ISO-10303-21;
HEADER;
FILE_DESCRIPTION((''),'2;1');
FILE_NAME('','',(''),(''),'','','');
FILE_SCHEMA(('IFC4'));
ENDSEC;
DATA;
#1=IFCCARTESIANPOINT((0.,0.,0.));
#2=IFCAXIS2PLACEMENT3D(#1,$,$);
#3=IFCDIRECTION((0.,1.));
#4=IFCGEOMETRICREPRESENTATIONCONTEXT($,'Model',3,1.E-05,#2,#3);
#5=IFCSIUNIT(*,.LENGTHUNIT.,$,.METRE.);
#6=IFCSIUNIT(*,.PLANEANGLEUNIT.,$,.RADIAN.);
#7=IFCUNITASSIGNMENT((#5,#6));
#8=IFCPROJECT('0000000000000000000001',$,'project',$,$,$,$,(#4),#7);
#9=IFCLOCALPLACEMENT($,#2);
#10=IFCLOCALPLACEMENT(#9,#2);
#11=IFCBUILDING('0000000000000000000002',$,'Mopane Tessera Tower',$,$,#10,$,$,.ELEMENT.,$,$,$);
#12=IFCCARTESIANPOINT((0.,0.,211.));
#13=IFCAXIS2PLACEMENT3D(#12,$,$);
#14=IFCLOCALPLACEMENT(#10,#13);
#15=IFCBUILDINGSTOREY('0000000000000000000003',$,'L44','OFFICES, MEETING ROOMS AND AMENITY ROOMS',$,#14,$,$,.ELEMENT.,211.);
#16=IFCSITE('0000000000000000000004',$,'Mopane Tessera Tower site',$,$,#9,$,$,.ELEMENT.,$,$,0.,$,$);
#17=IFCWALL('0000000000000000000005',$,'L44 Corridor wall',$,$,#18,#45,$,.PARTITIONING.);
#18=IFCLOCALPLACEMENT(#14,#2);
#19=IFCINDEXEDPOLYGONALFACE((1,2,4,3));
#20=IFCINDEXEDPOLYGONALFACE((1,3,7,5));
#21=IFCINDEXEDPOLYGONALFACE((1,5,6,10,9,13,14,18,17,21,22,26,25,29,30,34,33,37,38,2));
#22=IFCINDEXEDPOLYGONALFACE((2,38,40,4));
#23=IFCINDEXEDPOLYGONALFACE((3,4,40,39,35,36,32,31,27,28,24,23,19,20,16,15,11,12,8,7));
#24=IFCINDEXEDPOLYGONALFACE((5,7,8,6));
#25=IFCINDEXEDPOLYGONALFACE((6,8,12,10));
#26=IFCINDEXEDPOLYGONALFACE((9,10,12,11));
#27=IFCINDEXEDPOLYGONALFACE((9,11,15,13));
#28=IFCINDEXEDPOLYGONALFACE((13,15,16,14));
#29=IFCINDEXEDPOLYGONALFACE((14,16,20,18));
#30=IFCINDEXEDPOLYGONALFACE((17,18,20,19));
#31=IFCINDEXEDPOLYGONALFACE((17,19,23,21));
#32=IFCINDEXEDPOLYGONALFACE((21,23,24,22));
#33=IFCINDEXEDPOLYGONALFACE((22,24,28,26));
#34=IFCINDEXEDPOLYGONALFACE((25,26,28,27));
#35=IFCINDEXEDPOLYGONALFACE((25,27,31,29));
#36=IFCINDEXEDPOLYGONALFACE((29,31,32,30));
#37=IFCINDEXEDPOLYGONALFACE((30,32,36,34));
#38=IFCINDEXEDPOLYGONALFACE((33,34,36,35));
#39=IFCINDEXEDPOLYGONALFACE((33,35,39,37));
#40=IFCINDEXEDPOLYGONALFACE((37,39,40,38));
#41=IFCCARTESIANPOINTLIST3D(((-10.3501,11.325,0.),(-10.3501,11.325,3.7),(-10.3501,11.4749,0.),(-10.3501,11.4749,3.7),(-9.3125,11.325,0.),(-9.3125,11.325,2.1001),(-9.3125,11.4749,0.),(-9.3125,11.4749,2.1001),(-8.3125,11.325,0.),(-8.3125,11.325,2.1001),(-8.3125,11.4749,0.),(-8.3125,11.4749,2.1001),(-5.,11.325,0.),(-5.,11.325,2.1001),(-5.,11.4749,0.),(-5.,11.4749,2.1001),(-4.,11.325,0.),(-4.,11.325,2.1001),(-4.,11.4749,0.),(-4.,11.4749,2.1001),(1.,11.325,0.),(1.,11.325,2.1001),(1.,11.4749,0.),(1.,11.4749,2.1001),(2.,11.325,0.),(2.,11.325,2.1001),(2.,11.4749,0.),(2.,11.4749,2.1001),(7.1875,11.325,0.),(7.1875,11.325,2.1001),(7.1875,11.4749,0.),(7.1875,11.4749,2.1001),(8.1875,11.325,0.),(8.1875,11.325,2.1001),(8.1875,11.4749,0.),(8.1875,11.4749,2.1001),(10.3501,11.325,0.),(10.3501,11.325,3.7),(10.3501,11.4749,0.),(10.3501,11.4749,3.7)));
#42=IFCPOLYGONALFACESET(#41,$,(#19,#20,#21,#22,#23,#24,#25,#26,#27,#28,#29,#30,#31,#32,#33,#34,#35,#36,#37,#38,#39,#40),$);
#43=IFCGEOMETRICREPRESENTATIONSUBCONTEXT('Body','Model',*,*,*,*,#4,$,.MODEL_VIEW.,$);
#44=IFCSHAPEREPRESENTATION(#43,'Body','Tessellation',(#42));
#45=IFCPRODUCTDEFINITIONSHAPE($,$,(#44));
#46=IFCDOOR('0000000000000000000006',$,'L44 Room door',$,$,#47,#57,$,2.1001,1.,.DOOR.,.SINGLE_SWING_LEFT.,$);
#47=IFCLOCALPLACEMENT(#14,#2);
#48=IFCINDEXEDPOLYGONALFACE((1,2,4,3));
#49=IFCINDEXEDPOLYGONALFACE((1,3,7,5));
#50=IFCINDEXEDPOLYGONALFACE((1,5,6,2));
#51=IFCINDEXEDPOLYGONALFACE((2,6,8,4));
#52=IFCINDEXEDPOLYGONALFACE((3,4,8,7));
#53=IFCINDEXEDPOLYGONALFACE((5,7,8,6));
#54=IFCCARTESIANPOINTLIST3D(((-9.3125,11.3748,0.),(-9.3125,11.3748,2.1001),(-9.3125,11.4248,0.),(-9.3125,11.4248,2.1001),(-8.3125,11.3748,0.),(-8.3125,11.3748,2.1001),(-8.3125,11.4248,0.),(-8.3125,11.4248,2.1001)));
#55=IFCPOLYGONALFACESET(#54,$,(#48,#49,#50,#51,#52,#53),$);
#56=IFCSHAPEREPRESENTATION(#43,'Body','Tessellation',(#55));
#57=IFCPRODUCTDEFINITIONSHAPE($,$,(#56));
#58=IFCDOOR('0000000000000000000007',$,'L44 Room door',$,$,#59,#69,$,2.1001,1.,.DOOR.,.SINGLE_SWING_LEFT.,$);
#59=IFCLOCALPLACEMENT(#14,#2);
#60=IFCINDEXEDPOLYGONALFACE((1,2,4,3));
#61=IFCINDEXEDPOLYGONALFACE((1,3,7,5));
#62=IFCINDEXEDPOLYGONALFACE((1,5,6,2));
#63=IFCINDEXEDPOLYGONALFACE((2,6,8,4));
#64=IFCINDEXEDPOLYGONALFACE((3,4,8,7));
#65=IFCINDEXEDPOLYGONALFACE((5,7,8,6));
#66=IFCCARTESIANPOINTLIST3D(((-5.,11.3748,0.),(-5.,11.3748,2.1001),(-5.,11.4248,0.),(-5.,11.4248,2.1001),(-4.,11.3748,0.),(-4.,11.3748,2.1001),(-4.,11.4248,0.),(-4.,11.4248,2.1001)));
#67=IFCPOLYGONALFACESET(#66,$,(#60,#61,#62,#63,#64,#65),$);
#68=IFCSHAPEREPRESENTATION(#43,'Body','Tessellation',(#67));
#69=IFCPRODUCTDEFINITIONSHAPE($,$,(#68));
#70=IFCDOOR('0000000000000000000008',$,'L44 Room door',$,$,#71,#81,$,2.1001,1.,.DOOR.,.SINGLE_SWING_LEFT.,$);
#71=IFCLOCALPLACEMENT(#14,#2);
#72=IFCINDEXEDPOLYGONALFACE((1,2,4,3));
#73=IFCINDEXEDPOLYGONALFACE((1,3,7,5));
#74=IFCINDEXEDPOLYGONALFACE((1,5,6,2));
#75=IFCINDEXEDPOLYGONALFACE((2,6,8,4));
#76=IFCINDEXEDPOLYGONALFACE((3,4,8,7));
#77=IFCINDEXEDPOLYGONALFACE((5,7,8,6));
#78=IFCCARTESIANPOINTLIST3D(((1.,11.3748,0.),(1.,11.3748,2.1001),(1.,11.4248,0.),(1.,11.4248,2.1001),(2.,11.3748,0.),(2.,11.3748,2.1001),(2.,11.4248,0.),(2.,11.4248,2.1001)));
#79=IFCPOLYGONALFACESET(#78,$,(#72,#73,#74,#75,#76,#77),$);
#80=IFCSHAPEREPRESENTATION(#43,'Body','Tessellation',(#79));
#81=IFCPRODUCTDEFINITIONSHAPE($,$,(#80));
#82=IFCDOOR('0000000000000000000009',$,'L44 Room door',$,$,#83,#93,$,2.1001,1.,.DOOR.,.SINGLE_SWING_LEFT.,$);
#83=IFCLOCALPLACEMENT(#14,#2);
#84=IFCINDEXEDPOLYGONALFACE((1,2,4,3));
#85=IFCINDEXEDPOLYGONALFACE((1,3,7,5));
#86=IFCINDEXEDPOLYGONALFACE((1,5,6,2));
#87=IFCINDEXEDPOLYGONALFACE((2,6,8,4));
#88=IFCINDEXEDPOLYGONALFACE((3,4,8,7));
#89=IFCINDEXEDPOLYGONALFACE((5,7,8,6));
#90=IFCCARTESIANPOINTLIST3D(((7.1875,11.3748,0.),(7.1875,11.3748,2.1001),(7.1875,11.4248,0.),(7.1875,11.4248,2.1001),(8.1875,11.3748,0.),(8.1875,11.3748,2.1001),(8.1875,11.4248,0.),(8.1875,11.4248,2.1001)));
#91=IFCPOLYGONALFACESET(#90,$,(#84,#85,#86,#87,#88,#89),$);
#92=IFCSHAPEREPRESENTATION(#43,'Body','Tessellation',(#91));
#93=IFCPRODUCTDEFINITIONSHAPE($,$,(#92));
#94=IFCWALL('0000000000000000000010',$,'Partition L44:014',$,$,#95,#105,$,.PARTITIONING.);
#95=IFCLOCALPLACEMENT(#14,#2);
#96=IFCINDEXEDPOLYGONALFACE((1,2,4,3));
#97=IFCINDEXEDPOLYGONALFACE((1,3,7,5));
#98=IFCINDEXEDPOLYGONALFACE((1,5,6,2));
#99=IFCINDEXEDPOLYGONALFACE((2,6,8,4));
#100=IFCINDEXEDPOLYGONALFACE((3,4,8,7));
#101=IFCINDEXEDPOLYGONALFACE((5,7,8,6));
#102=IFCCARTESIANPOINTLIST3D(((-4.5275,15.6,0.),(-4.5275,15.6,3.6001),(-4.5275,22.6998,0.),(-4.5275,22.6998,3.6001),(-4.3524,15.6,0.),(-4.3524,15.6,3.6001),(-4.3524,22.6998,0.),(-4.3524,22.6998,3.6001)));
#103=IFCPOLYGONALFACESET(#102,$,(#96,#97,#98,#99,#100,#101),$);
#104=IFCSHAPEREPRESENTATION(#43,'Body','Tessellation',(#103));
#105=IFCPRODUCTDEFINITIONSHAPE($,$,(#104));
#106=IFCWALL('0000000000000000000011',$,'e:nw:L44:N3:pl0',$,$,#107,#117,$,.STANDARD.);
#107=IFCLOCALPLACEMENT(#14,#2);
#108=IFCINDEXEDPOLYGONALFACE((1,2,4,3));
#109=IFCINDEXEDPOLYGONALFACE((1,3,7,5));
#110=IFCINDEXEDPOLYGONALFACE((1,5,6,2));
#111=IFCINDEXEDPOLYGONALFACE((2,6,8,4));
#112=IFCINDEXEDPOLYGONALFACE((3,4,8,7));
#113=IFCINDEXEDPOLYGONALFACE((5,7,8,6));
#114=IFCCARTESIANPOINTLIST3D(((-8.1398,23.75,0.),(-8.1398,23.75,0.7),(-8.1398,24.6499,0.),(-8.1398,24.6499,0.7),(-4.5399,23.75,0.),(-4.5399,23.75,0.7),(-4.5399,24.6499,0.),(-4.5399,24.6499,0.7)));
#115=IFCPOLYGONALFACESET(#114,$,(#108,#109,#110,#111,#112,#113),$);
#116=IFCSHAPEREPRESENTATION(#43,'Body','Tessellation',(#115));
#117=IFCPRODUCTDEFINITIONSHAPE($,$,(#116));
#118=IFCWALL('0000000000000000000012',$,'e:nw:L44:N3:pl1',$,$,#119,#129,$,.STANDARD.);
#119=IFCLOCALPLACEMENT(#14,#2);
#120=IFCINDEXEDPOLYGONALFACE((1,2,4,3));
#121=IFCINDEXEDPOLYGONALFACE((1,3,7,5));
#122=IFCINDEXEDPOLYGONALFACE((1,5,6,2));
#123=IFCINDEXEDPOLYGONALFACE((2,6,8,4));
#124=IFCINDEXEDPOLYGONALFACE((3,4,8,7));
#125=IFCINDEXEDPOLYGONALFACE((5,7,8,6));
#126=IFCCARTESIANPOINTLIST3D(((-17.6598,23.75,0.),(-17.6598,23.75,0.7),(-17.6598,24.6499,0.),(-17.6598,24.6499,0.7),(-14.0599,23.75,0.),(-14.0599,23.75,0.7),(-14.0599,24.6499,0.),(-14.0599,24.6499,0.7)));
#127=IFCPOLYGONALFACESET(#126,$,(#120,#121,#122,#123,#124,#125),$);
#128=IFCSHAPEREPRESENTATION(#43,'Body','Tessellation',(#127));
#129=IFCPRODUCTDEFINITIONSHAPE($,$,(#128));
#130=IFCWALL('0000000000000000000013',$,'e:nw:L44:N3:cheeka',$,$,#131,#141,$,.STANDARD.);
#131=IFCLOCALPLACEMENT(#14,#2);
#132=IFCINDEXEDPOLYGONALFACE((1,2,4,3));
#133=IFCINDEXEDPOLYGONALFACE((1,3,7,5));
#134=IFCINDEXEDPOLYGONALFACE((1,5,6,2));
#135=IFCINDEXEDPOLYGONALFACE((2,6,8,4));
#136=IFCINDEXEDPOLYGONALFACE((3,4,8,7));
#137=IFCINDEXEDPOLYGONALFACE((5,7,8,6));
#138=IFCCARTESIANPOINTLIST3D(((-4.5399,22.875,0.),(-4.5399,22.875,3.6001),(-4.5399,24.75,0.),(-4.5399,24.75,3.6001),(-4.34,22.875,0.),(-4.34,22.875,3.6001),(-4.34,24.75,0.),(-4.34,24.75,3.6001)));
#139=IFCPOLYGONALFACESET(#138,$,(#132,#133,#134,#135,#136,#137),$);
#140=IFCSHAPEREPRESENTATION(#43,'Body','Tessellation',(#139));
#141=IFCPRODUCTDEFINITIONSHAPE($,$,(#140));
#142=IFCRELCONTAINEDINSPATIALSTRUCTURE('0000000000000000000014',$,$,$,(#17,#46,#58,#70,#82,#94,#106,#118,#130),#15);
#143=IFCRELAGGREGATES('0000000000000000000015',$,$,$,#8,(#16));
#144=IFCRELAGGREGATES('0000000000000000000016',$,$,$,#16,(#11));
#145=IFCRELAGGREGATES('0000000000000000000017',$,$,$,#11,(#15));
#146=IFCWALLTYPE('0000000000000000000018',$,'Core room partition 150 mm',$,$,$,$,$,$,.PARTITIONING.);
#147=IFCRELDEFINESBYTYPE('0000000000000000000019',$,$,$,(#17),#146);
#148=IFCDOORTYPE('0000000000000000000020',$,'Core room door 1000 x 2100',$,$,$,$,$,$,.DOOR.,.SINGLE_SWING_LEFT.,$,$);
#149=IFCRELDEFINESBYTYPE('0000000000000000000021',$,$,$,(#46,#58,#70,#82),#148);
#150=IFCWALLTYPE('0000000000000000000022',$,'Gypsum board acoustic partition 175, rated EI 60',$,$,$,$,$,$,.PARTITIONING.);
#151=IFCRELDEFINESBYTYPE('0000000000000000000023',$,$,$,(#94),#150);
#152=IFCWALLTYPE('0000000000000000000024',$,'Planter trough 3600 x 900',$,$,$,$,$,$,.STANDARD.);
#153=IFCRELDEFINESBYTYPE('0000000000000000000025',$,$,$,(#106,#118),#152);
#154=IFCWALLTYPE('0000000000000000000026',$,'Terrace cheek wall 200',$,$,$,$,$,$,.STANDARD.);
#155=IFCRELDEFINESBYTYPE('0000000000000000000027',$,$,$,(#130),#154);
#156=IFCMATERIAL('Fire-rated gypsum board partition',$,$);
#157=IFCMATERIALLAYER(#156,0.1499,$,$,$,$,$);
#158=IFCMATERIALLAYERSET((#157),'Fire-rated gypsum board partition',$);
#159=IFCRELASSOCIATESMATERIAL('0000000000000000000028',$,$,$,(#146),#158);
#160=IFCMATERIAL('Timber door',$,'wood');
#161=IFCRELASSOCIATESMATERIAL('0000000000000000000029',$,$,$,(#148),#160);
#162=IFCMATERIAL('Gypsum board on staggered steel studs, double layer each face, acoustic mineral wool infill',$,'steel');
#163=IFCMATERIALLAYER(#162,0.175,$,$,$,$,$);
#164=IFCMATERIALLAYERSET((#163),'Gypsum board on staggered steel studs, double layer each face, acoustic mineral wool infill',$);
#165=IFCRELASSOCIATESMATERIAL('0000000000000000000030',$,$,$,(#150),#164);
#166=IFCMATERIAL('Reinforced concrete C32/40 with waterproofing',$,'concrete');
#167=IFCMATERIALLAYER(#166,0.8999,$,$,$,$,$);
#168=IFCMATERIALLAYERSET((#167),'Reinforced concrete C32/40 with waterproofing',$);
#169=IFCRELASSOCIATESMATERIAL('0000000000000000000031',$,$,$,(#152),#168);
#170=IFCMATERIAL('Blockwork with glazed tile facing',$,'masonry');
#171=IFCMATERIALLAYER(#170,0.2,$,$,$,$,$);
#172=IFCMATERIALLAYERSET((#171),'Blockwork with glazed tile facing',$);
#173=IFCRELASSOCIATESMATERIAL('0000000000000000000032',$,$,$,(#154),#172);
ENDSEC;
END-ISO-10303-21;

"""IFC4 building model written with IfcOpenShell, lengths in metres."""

from ifc_helpers import new_model, si_unit, direction, frame, frame_2d, origin, place, context, subcontext, project, spatial, rectangle, extrude, material, layer, layer_set, type_object, element, fill, save


model = new_model("IFC4")

# Units and contexts
model_context = context("Model", 3, precision=1e-05, world=origin(), true_north=direction((0.0, 1.0)))
body_context = subcontext(model_context, "Body", "Model", "MODEL_VIEW")
ifc_project = project(units=[si_unit("LENGTHUNIT", "METRE"), si_unit("PLANEANGLEUNIT", "RADIAN")], contexts=[model_context])

# Site, building, storey
site_placement = place(None, origin())
site = spatial("IfcSite", under=ifc_project, at=site_placement, Name="Mopane Tessera Tower site", CompositionType="ELEMENT", RefElevation=0.0)
building_placement = place(site_placement, origin())
building = spatial("IfcBuilding", under=site, at=building_placement, Name="Mopane Tessera Tower", CompositionType="ELEMENT")
storey_placement = place(building_placement, frame((0.0, 0.0, 211.0)))
storey = spatial("IfcBuildingStorey", under=building, at=storey_placement, Name="L44", Description="OFFICES, MEETING ROOMS AND AMENITY ROOMS", CompositionType="ELEMENT", Elevation=211.0)

# Shared definitions
ifc_material_1 = material(Name="Fire-rated gypsum board partition")
ifc_layer_1 = layer(ifc_material_1, 0.1499)
ifc_layer_set_1 = layer_set([ifc_layer_1], Name="Fire-rated gypsum board partition")
wall_type_1 = type_object("IfcWallType", Name="Core room partition 150 mm", PredefinedType="PARTITIONING", material=ifc_layer_set_1)

# Wall, openings, doors
wall_1_placement = place(storey_placement, frame((-10.3501, 11.3999, 0.0), z_axis=(0.0, 0.0, 1.0), x_axis=(1.0, 0.0, 0.0)))
wall_1 = element("IfcWall", 1, at=wall_1_placement, inside=storey, type_object=wall_type_1, Name="L44 Corridor wall", PredefinedType="PARTITIONING", context=body_context, shape_type="SweptSolid", body=[
    extrude(rectangle(XDim=20.7002, YDim=0.1499, at=frame_2d((10.3501, 0.0))), origin(), (0.0, 0.0, 1.0), 3.7),
])
opening_1_placement = place(wall_1_placement, frame((1.0376, 0.0, 0.0)))
opening_1 = element("IfcOpeningElement", 2, at=opening_1_placement, cuts=wall_1, PredefinedType="OPENING", context=body_context, shape_type="SweptSolid", body=[
    extrude(rectangle(XDim=1.0, YDim=2.1001, at=frame_2d((0.5, 1.05))), frame((0.0, 0.0869, 0.0), z_axis=(0.0, -1.0, 0.0), x_axis=(1.0, 0.0, 0.0)), (0.0, 0.0, 1.0), 0.1738),
])
opening_2_placement = place(wall_1_placement, frame((5.3501, 0.0, 0.0)))
opening_2 = element("IfcOpeningElement", 3, at=opening_2_placement, cuts=wall_1, PredefinedType="OPENING", context=body_context, shape_type="SweptSolid", body=[
    extrude(rectangle(XDim=1.0, YDim=2.1001, at=frame_2d((0.5, 1.05))), frame((0.0, 0.0869, 0.0), z_axis=(0.0, -1.0, 0.0), x_axis=(1.0, 0.0, 0.0)), (0.0, 0.0, 1.0), 0.1738),
])
opening_3_placement = place(wall_1_placement, frame((11.3501, 0.0, 0.0)))
opening_3 = element("IfcOpeningElement", 4, at=opening_3_placement, cuts=wall_1, PredefinedType="OPENING", context=body_context, shape_type="SweptSolid", body=[
    extrude(rectangle(XDim=1.0, YDim=2.1001, at=frame_2d((0.5, 1.05))), frame((0.0, 0.0869, 0.0), z_axis=(0.0, -1.0, 0.0), x_axis=(1.0, 0.0, 0.0)), (0.0, 0.0, 1.0), 0.1738),
])
opening_4_placement = place(wall_1_placement, frame((17.5376, 0.0, 0.0)))
opening_4 = element("IfcOpeningElement", 5, at=opening_4_placement, cuts=wall_1, PredefinedType="OPENING", context=body_context, shape_type="SweptSolid", body=[
    extrude(rectangle(XDim=1.0, YDim=2.1001, at=frame_2d((0.5, 1.05))), frame((0.0, 0.0869, 0.0), z_axis=(0.0, -1.0, 0.0), x_axis=(1.0, 0.0, 0.0)), (0.0, 0.0, 1.0), 0.1738),
])
ifc_material_2 = material(Name="Timber door", Category="wood")
door_type_1 = type_object("IfcDoorType", Name="Core room door 1000 x 2100", OperationType="SINGLE_SWING_LEFT", PredefinedType="DOOR", material=ifc_material_2)
door_1_placement = place(opening_1_placement, origin())
door_1 = element("IfcDoor", 6, at=door_1_placement, inside=storey, type_object=door_type_1, Name="L44 Room door", OperationType="SINGLE_SWING_LEFT", OverallHeight=2.1001, OverallWidth=1.0, PredefinedType="DOOR", context=body_context, shape_type="SweptSolid", body=[
    extrude(rectangle(XDim=1.0, YDim=2.1001, at=frame_2d((0.5, 1.05))), frame((0.0, 0.0249, 0.0), z_axis=(0.0, -1.0, 0.0), x_axis=(1.0, 0.0, 0.0)), (0.0, 0.0, 1.0), 0.05),
])
fill(opening_1, door_1)
door_2_placement = place(opening_2_placement, origin())
door_2 = element("IfcDoor", 7, at=door_2_placement, inside=storey, type_object=door_type_1, Name="L44 Room door", OperationType="SINGLE_SWING_LEFT", OverallHeight=2.1001, OverallWidth=1.0, PredefinedType="DOOR", context=body_context, shape_type="SweptSolid", body=[
    extrude(rectangle(XDim=1.0, YDim=2.1001, at=frame_2d((0.5, 1.05))), frame((0.0, 0.0249, 0.0), z_axis=(0.0, -1.0, 0.0), x_axis=(1.0, 0.0, 0.0)), (0.0, 0.0, 1.0), 0.05),
])
fill(opening_2, door_2)
door_3_placement = place(opening_3_placement, origin())
door_3 = element("IfcDoor", 8, at=door_3_placement, inside=storey, type_object=door_type_1, Name="L44 Room door", OperationType="SINGLE_SWING_LEFT", OverallHeight=2.1001, OverallWidth=1.0, PredefinedType="DOOR", context=body_context, shape_type="SweptSolid", body=[
    extrude(rectangle(XDim=1.0, YDim=2.1001, at=frame_2d((0.5, 1.05))), frame((0.0, 0.0249, 0.0), z_axis=(0.0, -1.0, 0.0), x_axis=(1.0, 0.0, 0.0)), (0.0, 0.0, 1.0), 0.05),
])
fill(opening_3, door_3)
door_4_placement = place(opening_4_placement, origin())
door_4 = element("IfcDoor", 9, at=door_4_placement, inside=storey, type_object=door_type_1, Name="L44 Room door", OperationType="SINGLE_SWING_LEFT", OverallHeight=2.1001, OverallWidth=1.0, PredefinedType="DOOR", context=body_context, shape_type="SweptSolid", body=[
    extrude(rectangle(XDim=1.0, YDim=2.1001, at=frame_2d((0.5, 1.05))), frame((0.0, 0.0249, 0.0), z_axis=(0.0, -1.0, 0.0), x_axis=(1.0, 0.0, 0.0)), (0.0, 0.0, 1.0), 0.05),
])
fill(opening_4, door_4)

# Walls
ifc_material_3 = material(Name="Gypsum board on staggered steel studs, double layer each face, acoustic mineral wool infill", Category="steel")
ifc_layer_2 = layer(ifc_material_3, 0.175)
ifc_layer_set_2 = layer_set([ifc_layer_2], Name="Gypsum board on staggered steel studs, double layer each face, acoustic mineral wool infill")
wall_type_2 = type_object("IfcWallType", Name="Gypsum board acoustic partition 175, rated EI 60", PredefinedType="PARTITIONING", material=ifc_layer_set_2)
wall_2_placement = place(storey_placement, frame((-4.4399, 15.6001, 0.0), z_axis=(0.0, 0.0, 1.0), x_axis=(0.0, 1.0, 0.0)))
element("IfcWall", 10, at=wall_2_placement, inside=storey, type_object=wall_type_2, Name="Partition L44:014", PredefinedType="PARTITIONING", context=body_context, shape_type="SweptSolid", body=[
    extrude(rectangle(XDim=7.0999, YDim=0.175, at=frame_2d((3.5498, 0.0))), origin(), (0.0, 0.0, 1.0), 3.6001),
])
ifc_material_4 = material(Name="Reinforced concrete C32/40 with waterproofing", Category="concrete")
ifc_layer_3 = layer(ifc_material_4, 0.8999)
ifc_layer_set_3 = layer_set([ifc_layer_3], Name="Reinforced concrete C32/40 with waterproofing")
wall_type_3 = type_object("IfcWallType", Name="Planter trough 3600 x 900", PredefinedType="STANDARD", material=ifc_layer_set_3)
for number, where, z_axis, x_axis, name in (
    (11, (-4.54, 24.2, 0.0), (0.0, 0.0, 1.0), (-1.0, 0.0, 0.0), "e:nw:L44:N3:pl0"),
    (12, (-14.0601, 24.2, 0.0), (0.0, 0.0, 1.0), (-1.0, 0.0, 0.0), "e:nw:L44:N3:pl1"),
):
    element("IfcWall", number, at=place(storey_placement, frame(where, z_axis=z_axis, x_axis=x_axis)), inside=storey, type_object=wall_type_3, Name=name, PredefinedType="STANDARD", context=body_context, shape_type="SweptSolid", body=[
        extrude(rectangle(XDim=3.5999, YDim=0.8999, at=frame_2d((1.7998, 0.0))), origin(), (0.0, 0.0, 1.0), 0.7),
    ])
ifc_material_5 = material(Name="Blockwork with glazed tile facing", Category="masonry")
ifc_layer_4 = layer(ifc_material_5, 0.2)
ifc_layer_set_4 = layer_set([ifc_layer_4], Name="Blockwork with glazed tile facing")
wall_type_4 = type_object("IfcWallType", Name="Terrace cheek wall 200", PredefinedType="STANDARD", material=ifc_layer_set_4)
wall_3_placement = place(storey_placement, frame((-4.4399, 24.75, 0.0), z_axis=(0.0, 0.0, 1.0), x_axis=(0.0, -1.0, 0.0)))
element("IfcWall", 13, at=wall_3_placement, inside=storey, type_object=wall_type_4, Name="e:nw:L44:N3:cheeka", PredefinedType="STANDARD", context=body_context, shape_type="SweptSolid", body=[
    extrude(rectangle(XDim=1.875, YDim=0.2, at=frame_2d((0.9375, 0.0))), origin(), (0.0, 0.0, 1.0), 3.6001),
])

save(model, "model.ifc")
